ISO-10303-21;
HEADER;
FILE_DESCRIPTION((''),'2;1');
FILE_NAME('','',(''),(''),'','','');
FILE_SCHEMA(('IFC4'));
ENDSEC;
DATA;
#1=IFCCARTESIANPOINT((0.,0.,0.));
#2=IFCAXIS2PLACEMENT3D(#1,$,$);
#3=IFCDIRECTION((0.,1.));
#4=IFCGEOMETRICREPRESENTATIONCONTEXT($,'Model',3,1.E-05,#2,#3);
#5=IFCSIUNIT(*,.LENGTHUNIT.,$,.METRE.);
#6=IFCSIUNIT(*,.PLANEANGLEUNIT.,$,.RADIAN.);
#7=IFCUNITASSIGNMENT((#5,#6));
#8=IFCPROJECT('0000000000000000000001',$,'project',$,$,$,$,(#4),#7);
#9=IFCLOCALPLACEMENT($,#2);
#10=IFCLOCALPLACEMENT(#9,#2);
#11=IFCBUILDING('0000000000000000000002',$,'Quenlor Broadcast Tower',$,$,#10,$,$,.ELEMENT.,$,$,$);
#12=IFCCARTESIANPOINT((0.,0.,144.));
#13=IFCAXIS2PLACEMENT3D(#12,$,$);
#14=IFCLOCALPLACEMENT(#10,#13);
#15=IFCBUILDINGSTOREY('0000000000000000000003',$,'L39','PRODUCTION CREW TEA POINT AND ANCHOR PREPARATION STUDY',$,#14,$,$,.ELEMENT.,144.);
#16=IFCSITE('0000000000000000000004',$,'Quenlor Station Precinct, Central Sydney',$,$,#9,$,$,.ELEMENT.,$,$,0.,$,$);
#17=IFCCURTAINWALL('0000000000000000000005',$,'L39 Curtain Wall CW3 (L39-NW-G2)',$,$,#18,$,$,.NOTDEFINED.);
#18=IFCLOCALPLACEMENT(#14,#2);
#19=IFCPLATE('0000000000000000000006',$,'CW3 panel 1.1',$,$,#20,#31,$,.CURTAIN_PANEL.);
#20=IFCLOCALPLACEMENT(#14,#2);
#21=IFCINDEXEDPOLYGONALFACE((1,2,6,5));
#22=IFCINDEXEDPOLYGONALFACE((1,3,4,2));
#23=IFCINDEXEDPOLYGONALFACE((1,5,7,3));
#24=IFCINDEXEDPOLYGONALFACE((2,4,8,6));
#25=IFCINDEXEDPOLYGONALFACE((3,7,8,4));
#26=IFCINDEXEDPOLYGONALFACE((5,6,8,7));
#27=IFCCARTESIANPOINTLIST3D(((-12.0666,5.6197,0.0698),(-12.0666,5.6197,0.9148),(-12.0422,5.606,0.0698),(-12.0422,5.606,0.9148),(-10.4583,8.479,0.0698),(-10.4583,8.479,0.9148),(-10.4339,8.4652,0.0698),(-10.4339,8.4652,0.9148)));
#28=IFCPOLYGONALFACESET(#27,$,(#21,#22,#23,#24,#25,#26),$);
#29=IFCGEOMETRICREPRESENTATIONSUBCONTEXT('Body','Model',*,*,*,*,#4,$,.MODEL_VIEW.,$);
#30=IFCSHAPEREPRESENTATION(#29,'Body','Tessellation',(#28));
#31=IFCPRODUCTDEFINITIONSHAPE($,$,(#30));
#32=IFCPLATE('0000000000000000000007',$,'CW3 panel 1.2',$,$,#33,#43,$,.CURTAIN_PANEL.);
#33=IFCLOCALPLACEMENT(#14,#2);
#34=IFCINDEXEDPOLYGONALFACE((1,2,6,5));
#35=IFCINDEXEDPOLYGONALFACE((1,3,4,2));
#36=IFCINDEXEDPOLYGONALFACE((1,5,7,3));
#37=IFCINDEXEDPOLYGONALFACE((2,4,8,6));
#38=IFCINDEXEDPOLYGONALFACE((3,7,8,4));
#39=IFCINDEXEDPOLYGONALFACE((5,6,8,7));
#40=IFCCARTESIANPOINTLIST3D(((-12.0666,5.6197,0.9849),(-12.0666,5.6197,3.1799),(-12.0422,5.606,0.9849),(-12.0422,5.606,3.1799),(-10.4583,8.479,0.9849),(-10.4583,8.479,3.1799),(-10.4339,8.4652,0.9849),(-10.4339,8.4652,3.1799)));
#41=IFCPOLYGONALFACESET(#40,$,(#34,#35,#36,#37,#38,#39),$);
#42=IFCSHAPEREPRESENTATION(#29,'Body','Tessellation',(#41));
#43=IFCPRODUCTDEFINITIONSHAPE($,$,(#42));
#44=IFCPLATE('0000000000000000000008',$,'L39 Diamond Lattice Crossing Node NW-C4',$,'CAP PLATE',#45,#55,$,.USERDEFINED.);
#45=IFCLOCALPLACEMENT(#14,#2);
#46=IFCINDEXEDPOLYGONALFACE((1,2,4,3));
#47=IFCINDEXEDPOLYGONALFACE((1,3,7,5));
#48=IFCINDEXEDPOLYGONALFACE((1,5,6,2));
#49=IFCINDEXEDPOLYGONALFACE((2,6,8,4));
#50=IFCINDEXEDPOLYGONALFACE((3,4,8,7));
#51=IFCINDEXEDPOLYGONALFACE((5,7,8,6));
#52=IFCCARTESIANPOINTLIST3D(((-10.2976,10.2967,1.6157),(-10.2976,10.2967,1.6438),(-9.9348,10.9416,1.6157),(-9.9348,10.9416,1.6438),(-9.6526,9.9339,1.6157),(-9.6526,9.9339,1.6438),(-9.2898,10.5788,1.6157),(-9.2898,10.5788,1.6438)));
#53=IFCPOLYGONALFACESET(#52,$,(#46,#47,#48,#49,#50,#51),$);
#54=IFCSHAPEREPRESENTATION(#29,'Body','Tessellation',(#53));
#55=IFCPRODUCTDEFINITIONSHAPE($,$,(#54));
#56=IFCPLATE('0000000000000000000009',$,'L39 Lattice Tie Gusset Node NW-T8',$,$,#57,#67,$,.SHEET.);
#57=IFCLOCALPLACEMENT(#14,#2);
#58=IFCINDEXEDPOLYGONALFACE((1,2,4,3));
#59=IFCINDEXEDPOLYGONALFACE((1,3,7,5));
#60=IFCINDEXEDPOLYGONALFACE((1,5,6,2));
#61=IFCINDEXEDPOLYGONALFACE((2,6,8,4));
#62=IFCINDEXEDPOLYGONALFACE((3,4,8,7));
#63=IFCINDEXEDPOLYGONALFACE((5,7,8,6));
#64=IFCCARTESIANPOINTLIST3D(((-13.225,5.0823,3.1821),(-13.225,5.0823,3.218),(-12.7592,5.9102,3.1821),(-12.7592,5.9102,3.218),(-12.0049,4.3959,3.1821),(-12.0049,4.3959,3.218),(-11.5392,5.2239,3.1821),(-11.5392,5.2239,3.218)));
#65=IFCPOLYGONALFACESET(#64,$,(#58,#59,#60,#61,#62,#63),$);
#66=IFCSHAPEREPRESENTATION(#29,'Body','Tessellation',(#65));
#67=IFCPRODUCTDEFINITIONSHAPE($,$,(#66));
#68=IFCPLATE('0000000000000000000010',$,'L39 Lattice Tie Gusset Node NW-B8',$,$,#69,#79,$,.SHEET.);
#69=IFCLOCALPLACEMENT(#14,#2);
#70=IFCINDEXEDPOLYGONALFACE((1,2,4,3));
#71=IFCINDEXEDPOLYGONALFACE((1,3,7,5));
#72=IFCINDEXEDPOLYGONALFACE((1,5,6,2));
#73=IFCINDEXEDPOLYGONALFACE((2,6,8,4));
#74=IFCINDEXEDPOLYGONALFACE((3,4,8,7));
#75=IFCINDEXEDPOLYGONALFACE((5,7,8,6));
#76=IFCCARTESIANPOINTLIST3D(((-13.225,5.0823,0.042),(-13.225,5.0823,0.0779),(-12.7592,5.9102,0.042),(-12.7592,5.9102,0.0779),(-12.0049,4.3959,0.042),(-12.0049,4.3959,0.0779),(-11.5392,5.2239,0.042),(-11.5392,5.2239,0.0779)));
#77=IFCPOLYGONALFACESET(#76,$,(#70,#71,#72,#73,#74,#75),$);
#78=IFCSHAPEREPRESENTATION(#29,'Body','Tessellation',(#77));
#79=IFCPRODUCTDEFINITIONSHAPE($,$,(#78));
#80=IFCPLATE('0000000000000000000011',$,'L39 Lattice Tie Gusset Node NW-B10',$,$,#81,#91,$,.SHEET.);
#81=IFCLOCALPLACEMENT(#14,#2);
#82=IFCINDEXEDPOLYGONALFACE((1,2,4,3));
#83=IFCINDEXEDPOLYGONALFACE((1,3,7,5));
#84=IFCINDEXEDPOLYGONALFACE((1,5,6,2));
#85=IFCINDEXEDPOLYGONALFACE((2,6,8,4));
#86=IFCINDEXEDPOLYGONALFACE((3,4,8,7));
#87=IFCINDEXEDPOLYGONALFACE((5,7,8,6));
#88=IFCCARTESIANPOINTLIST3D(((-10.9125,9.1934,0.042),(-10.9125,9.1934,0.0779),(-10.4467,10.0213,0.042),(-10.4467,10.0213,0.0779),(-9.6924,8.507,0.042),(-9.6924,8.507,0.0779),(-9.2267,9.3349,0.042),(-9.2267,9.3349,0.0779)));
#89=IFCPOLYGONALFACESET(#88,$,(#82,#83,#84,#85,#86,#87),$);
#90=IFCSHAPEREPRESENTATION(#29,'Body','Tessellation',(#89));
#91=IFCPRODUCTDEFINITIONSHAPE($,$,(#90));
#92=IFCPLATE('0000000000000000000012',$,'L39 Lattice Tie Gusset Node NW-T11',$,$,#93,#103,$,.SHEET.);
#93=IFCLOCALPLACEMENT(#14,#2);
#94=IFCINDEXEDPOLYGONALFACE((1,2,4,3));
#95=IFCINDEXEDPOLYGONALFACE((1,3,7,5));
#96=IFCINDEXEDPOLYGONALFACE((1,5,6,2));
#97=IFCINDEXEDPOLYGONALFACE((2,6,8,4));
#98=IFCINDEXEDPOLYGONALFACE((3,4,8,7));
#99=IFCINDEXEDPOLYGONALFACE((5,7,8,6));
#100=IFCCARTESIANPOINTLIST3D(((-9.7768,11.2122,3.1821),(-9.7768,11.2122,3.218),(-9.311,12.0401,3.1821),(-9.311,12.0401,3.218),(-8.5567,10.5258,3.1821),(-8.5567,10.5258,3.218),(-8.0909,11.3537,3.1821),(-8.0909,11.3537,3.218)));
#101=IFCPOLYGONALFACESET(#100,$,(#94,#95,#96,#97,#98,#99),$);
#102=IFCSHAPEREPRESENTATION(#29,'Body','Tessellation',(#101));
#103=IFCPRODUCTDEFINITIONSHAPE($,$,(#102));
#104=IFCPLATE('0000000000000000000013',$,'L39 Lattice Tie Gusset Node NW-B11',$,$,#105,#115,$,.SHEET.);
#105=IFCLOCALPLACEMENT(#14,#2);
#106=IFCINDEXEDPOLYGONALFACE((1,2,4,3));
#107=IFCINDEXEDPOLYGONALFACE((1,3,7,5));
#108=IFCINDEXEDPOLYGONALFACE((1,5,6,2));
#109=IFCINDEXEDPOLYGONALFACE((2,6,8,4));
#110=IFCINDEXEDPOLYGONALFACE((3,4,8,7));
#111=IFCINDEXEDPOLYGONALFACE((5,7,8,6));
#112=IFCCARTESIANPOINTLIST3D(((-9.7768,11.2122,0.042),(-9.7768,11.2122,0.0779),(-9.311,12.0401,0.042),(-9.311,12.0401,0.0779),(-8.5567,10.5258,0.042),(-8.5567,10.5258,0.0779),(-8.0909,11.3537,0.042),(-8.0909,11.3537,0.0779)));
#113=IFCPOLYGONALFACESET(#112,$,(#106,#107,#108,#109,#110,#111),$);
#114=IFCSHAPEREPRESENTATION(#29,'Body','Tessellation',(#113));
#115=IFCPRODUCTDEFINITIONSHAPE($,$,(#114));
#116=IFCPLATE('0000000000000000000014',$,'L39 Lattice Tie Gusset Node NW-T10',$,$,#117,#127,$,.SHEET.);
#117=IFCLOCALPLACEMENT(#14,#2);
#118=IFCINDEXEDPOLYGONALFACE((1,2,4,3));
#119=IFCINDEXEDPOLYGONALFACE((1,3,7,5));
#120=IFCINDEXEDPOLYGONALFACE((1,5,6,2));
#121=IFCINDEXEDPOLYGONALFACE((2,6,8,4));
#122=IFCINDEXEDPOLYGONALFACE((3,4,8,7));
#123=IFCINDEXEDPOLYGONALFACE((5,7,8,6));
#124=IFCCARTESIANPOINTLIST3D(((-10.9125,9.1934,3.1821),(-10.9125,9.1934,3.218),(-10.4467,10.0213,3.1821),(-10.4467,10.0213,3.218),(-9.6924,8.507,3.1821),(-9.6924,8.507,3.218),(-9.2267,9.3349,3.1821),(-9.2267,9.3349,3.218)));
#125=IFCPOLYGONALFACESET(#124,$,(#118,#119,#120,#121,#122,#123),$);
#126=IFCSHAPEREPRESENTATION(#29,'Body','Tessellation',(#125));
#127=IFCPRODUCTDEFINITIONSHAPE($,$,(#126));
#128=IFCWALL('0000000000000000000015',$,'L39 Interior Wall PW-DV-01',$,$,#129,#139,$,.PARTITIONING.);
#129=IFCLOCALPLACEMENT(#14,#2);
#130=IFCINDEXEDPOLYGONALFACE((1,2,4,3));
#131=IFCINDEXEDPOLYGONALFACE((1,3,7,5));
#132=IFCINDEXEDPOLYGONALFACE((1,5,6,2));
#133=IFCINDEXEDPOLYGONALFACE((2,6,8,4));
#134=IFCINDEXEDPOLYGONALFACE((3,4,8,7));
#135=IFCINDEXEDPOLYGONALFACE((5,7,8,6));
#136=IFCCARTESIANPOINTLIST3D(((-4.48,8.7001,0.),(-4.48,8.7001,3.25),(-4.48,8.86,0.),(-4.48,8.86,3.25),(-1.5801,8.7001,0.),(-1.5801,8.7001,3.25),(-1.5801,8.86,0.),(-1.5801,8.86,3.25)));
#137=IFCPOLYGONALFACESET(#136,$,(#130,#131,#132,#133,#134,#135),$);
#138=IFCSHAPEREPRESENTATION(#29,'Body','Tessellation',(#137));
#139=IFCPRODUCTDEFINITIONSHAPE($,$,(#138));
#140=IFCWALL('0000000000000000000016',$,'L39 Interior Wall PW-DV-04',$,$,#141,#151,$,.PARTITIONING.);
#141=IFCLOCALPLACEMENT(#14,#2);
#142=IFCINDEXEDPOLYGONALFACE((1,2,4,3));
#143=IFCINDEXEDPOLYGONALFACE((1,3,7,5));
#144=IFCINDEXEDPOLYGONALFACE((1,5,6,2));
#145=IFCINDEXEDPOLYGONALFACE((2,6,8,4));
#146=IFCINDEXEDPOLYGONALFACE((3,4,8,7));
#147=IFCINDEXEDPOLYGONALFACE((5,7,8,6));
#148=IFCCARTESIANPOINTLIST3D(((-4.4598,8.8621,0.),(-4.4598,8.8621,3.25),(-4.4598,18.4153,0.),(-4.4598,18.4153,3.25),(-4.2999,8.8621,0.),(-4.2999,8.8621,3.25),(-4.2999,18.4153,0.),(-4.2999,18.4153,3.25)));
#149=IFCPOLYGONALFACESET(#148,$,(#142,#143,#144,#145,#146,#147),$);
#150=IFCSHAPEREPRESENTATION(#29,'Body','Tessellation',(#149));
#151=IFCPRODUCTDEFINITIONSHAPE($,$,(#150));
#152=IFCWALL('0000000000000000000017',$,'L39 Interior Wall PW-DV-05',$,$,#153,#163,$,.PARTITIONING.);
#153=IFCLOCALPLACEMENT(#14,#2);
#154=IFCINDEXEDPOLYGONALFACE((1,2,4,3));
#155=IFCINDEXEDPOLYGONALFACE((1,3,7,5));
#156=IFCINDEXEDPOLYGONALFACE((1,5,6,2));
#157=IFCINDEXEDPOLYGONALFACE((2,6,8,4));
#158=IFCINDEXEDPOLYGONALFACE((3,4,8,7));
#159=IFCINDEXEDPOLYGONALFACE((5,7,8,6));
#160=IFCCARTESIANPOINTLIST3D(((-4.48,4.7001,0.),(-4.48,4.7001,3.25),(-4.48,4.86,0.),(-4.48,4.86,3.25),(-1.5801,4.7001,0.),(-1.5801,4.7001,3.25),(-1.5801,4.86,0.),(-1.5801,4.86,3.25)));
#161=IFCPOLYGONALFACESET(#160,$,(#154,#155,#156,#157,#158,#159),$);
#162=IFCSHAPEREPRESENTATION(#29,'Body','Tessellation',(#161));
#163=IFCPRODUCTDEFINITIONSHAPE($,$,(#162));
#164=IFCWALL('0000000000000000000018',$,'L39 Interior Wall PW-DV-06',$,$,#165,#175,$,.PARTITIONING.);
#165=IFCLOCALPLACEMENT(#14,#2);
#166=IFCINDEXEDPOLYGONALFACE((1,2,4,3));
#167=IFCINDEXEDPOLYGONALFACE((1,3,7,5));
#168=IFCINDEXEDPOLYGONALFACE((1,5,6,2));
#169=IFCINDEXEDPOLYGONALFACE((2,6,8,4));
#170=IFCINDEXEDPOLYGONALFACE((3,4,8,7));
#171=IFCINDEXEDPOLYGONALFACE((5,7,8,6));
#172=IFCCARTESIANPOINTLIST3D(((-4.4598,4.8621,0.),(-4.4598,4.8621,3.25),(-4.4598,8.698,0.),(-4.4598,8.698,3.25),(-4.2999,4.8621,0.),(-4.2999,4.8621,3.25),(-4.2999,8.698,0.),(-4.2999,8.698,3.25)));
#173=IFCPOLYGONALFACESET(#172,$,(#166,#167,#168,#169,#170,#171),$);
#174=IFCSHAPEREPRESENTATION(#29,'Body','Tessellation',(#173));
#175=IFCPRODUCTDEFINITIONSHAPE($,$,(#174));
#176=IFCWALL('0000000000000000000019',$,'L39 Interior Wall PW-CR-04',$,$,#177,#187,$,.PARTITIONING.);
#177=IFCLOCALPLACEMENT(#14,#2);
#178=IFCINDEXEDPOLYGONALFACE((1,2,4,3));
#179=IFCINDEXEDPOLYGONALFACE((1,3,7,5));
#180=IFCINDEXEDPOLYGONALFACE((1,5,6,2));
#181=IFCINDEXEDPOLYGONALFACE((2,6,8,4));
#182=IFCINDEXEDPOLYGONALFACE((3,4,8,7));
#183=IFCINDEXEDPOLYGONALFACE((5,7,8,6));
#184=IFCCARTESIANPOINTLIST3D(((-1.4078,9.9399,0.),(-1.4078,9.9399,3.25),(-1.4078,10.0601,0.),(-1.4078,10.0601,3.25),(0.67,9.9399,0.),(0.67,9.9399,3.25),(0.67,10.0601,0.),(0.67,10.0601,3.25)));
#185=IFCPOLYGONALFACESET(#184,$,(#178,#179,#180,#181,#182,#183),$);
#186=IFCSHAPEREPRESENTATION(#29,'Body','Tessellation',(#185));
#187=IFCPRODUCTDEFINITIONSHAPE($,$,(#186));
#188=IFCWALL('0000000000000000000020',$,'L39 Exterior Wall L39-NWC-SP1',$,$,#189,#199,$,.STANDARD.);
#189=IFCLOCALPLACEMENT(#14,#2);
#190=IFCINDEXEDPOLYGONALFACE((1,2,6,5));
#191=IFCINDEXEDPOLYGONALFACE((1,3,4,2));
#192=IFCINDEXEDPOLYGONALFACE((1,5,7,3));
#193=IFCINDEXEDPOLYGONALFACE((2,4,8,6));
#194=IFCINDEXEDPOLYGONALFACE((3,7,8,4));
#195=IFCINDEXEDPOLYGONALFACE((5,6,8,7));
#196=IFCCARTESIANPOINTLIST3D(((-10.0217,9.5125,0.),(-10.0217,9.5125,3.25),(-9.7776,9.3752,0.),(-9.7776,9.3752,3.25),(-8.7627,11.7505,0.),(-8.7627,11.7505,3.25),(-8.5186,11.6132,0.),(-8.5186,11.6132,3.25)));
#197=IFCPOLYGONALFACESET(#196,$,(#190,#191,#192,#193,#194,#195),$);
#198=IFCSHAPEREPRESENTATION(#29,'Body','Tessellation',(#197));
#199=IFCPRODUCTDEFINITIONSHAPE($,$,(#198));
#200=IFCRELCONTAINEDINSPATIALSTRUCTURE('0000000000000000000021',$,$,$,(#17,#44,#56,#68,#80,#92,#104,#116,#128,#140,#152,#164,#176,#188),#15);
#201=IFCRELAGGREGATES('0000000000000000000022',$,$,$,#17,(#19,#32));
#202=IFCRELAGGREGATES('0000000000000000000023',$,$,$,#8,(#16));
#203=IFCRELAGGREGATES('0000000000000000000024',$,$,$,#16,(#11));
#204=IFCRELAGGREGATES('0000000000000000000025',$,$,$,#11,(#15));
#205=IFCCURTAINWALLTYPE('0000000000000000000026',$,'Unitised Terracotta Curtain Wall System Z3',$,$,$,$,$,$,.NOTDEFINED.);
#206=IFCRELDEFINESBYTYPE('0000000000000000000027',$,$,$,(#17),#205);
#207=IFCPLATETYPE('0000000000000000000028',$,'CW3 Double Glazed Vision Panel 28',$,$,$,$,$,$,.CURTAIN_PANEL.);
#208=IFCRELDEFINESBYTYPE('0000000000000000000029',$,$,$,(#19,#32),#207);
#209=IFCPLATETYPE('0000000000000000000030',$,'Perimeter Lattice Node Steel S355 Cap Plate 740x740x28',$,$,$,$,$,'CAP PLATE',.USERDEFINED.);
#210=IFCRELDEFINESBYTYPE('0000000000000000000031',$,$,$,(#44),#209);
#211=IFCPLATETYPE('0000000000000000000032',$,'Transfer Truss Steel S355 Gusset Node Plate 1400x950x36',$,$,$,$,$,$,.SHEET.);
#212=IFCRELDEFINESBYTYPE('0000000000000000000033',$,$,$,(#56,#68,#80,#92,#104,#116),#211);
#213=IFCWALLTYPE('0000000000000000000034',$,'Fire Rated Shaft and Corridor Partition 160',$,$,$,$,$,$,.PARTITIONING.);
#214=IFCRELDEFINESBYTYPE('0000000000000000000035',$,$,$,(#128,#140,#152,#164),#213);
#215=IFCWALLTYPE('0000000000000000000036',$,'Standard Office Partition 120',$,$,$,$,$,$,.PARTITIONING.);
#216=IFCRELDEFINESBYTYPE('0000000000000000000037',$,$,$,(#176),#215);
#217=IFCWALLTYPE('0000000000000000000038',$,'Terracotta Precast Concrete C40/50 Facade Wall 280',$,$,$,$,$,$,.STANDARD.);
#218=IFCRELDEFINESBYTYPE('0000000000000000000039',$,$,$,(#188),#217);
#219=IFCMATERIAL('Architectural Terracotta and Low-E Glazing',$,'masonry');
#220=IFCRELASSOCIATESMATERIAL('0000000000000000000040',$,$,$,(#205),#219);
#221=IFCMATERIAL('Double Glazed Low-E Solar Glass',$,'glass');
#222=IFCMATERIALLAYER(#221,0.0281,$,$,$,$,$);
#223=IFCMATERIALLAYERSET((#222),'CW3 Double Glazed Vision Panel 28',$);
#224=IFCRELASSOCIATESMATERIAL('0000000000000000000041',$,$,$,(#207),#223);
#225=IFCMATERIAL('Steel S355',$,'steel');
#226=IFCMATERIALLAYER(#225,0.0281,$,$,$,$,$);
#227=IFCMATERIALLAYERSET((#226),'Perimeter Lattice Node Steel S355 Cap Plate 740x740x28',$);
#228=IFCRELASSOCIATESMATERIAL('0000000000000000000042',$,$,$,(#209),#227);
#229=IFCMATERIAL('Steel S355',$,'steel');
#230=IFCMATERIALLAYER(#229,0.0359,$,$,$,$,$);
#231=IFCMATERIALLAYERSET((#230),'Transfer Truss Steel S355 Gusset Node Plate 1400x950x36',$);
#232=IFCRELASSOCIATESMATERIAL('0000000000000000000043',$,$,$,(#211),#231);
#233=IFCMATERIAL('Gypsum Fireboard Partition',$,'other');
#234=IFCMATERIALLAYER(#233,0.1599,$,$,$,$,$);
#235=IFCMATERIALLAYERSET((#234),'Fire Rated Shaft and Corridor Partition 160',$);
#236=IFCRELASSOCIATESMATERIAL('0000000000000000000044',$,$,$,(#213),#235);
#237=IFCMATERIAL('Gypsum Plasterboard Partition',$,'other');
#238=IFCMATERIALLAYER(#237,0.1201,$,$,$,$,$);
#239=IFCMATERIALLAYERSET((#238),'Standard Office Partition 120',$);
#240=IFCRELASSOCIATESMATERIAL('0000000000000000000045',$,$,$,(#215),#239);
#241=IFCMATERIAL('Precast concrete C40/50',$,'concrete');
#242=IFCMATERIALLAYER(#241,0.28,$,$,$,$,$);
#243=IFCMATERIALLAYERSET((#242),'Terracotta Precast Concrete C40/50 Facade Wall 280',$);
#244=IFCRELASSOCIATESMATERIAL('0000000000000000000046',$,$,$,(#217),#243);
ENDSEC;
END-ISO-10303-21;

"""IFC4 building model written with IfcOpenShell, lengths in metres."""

from ifc_helpers import new_model, si_unit, direction, frame, frame_2d, origin, origin_2d, place, context, subcontext, project, spatial, rectangle, extrude, material, layer, layer_set, type_object, element, aggregate, save


model = new_model("IFC4")

# Units and contexts
model_context = context("Model", 3, precision=1e-05, world=origin(), true_north=direction((0.0, 1.0)))
body_context = subcontext(model_context, "Body", "Model", "MODEL_VIEW")
ifc_project = project(units=[si_unit("LENGTHUNIT", "METRE"), si_unit("PLANEANGLEUNIT", "RADIAN")], contexts=[model_context])

# Site, building, storey
site_placement = place(None, origin())
site = spatial("IfcSite", under=ifc_project, at=site_placement, Name="Quenlor Station Precinct, Central Sydney", CompositionType="ELEMENT", RefElevation=0.0)
building_placement = place(site_placement, origin())
building = spatial("IfcBuilding", under=site, at=building_placement, Name="Quenlor Broadcast Tower", CompositionType="ELEMENT")
storey_placement = place(building_placement, frame((0.0, 0.0, 144.0)))
storey = spatial("IfcBuildingStorey", under=building, at=storey_placement, Name="L39", Description="PRODUCTION CREW TEA POINT AND ANCHOR PREPARATION STUDY", CompositionType="ELEMENT", Elevation=144.0)

# Curtain wall
ifc_material_1 = material(Name="Architectural Terracotta and Low-E Glazing", Category="masonry")
curtain_wall_type = type_object("IfcCurtainWallType", Name="Unitised Terracotta Curtain Wall System Z3", PredefinedType="NOTDEFINED", material=ifc_material_1)
curtain_wall_placement = place(storey_placement, origin())
curtain_wall = element("IfcCurtainWall", 1, at=curtain_wall_placement, inside=storey, type_object=curtain_wall_type, Name="L39 Curtain Wall CW3 (L39-NW-G2)", PredefinedType="NOTDEFINED")

# Plates
ifc_material_2 = material(Name="Double Glazed Low-E Solar Glass", Category="glass")
ifc_layer_1 = layer(ifc_material_2, 0.0281)
ifc_layer_set_1 = layer_set([ifc_layer_1], Name="CW3 Double Glazed Vision Panel 28")
plate_type_1 = type_object("IfcPlateType", Name="CW3 Double Glazed Vision Panel 28", PredefinedType="CURTAIN_PANEL", material=ifc_layer_set_1)
plate_1_placement = place(storey_placement, frame((-11.2502, 7.0425, 0.0698), z_axis=(0.0, 0.0, 1.0), x_axis=(0.490256, 0.871579, 0.0)))
plate_1 = element("IfcPlate", 2, at=plate_1_placement, type_object=plate_type_1, Name="CW3 panel 1.1", PredefinedType="CURTAIN_PANEL", context=body_context, shape_type="SweptSolid", body=[
    extrude(rectangle(XDim=3.2805, YDim=0.0281, at=origin_2d()), origin(), (0.0, 0.0, 1.0), 0.845),
])
plate_2_placement = place(storey_placement, frame((-11.2502, 7.0425, 0.9849), z_axis=(0.0, 0.0, 1.0), x_axis=(0.490256, 0.871579, 0.0)))
plate_2 = element("IfcPlate", 3, at=plate_2_placement, type_object=plate_type_1, Name="CW3 panel 1.2", PredefinedType="CURTAIN_PANEL", context=body_context, shape_type="SweptSolid", body=[
    extrude(rectangle(XDim=3.2805, YDim=0.0281, at=origin_2d()), origin(), (0.0, 0.0, 1.0), 2.1951),
])
aggregate(curtain_wall, [plate_1, plate_2])

# Plates
ifc_material_3 = material(Name="Steel S355", Category="steel")
ifc_layer_2 = layer(ifc_material_3, 0.0281)
ifc_layer_set_2 = layer_set([ifc_layer_2], Name="Perimeter Lattice Node Steel S355 Cap Plate 740x740x28")
plate_type_2 = type_object("IfcPlateType", Name="Perimeter Lattice Node Steel S355 Cap Plate 740x740x28", ElementType="CAP PLATE", PredefinedType="USERDEFINED", material=ifc_layer_set_2)
plate_3_placement = place(storey_placement, frame((-9.7937, 10.4377, 1.6157), z_axis=(0.0, 0.0, 1.0), x_axis=(0.490295, 0.871556, 0.0)))
element("IfcPlate", 4, at=plate_3_placement, inside=storey, type_object=plate_type_2, Name="L39 Diamond Lattice Crossing Node NW-C4", ObjectType="CAP PLATE", PredefinedType="USERDEFINED", context=body_context, shape_type="SweptSolid", body=[
    extrude(rectangle(XDim=0.74, YDim=0.74, at=origin_2d()), origin(), (0.0, 0.0, 1.0), 0.0281),
])
ifc_material_4 = material(Name="Steel S355", Category="steel")
ifc_layer_3 = layer(ifc_material_4, 0.0359)
ifc_layer_set_3 = layer_set([ifc_layer_3], Name="Transfer Truss Steel S355 Gusset Node Plate 1400x950x36")
plate_type_3 = type_object("IfcPlateType", Name="Transfer Truss Steel S355 Gusset Node Plate 1400x950x36", PredefinedType="SHEET", material=ifc_layer_set_3)
for number, where, z_axis, x_axis, name in (
    (5, (-12.3821, 5.1531, 3.1821), (0.0, 0.0, 1.0), (-0.871556, 0.490295, 0.0), "L39 Lattice Tie Gusset Node NW-T8"),
    (6, (-12.3821, 5.1531, 0.042), (0.0, 0.0, 1.0), (-0.871556, 0.490295, 0.0), "L39 Lattice Tie Gusset Node NW-B8"),
    (7, (-10.0696, 9.2642, 0.042), (0.0, 0.0, 1.0), (-0.871556, 0.490295, 0.0), "L39 Lattice Tie Gusset Node NW-B10"),
    (8, (-8.9338, 11.283, 3.1821), (0.0, 0.0, 1.0), (-0.871556, 0.490295, 0.0), "L39 Lattice Tie Gusset Node NW-T11"),
    (9, (-8.9338, 11.283, 0.042), (0.0, 0.0, 1.0), (-0.871556, 0.490295, 0.0), "L39 Lattice Tie Gusset Node NW-B11"),
    (10, (-10.0696, 9.2642, 3.1821), (0.0, 0.0, 1.0), (-0.871556, 0.490295, 0.0), "L39 Lattice Tie Gusset Node NW-T10"),
):
    element("IfcPlate", number, at=place(storey_placement, frame(where, z_axis=z_axis, x_axis=x_axis)), inside=storey, type_object=plate_type_3, Name=name, PredefinedType="SHEET", context=body_context, shape_type="SweptSolid", body=[
        extrude(rectangle(XDim=1.3999, YDim=0.95, at=origin_2d()), origin(), (0.0, 0.0, 1.0), 0.0359),
    ])

# Walls
ifc_material_5 = material(Name="Gypsum Fireboard Partition", Category="other")
ifc_layer_4 = layer(ifc_material_5, 0.1599)
ifc_layer_set_4 = layer_set([ifc_layer_4], Name="Fire Rated Shaft and Corridor Partition 160")
wall_type_1 = type_object("IfcWallType", Name="Fire Rated Shaft and Corridor Partition 160", PredefinedType="PARTITIONING", material=ifc_layer_set_4)
wall_1_placement = place(storey_placement, frame((-1.5801, 8.78, 0.0), z_axis=(0.0, 0.0, 1.0), x_axis=(-1.0, 0.0, 0.0)))
element("IfcWall", 11, at=wall_1_placement, inside=storey, type_object=wall_type_1, Name="L39 Interior Wall PW-DV-01", PredefinedType="PARTITIONING", context=body_context, shape_type="SweptSolid", body=[
    extrude(rectangle(XDim=2.8999, YDim=0.1599, at=frame_2d((1.45, 0.0))), origin(), (0.0, 0.0, 1.0), 3.25),
])
wall_2_placement = place(storey_placement, frame((-4.3799, 8.8621, 0.0), z_axis=(0.0, 0.0, 1.0), x_axis=(0.0, 1.0, 0.0)))
element("IfcWall", 12, at=wall_2_placement, inside=storey, type_object=wall_type_1, Name="L39 Interior Wall PW-DV-04", PredefinedType="PARTITIONING", context=body_context, shape_type="SweptSolid", body=[
    extrude(rectangle(XDim=9.5532, YDim=0.1599, at=frame_2d((4.7766, 0.0))), origin(), (0.0, 0.0, 1.0), 3.25),
])
wall_3_placement = place(storey_placement, frame((-1.5801, 4.78, 0.0), z_axis=(0.0, 0.0, 1.0), x_axis=(-1.0, 0.0, 0.0)))
element("IfcWall", 13, at=wall_3_placement, inside=storey, type_object=wall_type_1, Name="L39 Interior Wall PW-DV-05", PredefinedType="PARTITIONING", context=body_context, shape_type="SweptSolid", body=[
    extrude(rectangle(XDim=2.8999, YDim=0.1599, at=frame_2d((1.45, 0.0))), origin(), (0.0, 0.0, 1.0), 3.25),
])
wall_4_placement = place(storey_placement, frame((-4.3799, 4.8621, 0.0), z_axis=(0.0, 0.0, 1.0), x_axis=(0.0, 1.0, 0.0)))
element("IfcWall", 14, at=wall_4_placement, inside=storey, type_object=wall_type_1, Name="L39 Interior Wall PW-DV-06", PredefinedType="PARTITIONING", context=body_context, shape_type="SweptSolid", body=[
    extrude(rectangle(XDim=3.8359, YDim=0.1599, at=frame_2d((1.918, 0.0))), origin(), (0.0, 0.0, 1.0), 3.25),
])
ifc_material_6 = material(Name="Gypsum Plasterboard Partition", Category="other")
ifc_layer_5 = layer(ifc_material_6, 0.1201)
ifc_layer_set_5 = layer_set([ifc_layer_5], Name="Standard Office Partition 120")
wall_type_2 = type_object("IfcWallType", Name="Standard Office Partition 120", PredefinedType="PARTITIONING", material=ifc_layer_set_5)
wall_5_placement = place(storey_placement, frame((-1.408, 10.0, 0.0), z_axis=(0.0, 0.0, 1.0), x_axis=(1.0, 0.0, 0.0)))
element("IfcWall", 15, at=wall_5_placement, inside=storey, type_object=wall_type_2, Name="L39 Interior Wall PW-CR-04", PredefinedType="PARTITIONING", context=body_context, shape_type="SweptSolid", body=[
    extrude(rectangle(XDim=2.0779, YDim=0.1201, at=frame_2d((1.0391, 0.0))), origin(), (0.0, 0.0, 1.0), 3.25),
])
ifc_material_7 = material(Name="Precast concrete C40/50", Category="concrete")
ifc_layer_6 = layer(ifc_material_7, 0.28)
ifc_layer_set_6 = layer_set([ifc_layer_6], Name="Terracotta Precast Concrete C40/50 Facade Wall 280")
wall_type_3 = type_object("IfcWallType", Name="Terracotta Precast Concrete C40/50 Facade Wall 280", PredefinedType="STANDARD", material=ifc_layer_set_6)
wall_6_placement = place(storey_placement, frame((-9.8997, 9.4438, 0.0), z_axis=(0.0, 0.0, 1.0), x_axis=(0.490302, 0.871553, 0.0)))
element("IfcWall", 16, at=wall_6_placement, inside=storey, type_object=wall_type_3, Name="L39 Exterior Wall L39-NWC-SP1", PredefinedType="STANDARD", context=body_context, shape_type="SweptSolid", body=[
    extrude(rectangle(XDim=2.5679, YDim=0.28, at=frame_2d((1.2839, 0.0))), origin(), (0.0, 0.0, 1.0), 3.25),
])

save(model, "model.ifc")
